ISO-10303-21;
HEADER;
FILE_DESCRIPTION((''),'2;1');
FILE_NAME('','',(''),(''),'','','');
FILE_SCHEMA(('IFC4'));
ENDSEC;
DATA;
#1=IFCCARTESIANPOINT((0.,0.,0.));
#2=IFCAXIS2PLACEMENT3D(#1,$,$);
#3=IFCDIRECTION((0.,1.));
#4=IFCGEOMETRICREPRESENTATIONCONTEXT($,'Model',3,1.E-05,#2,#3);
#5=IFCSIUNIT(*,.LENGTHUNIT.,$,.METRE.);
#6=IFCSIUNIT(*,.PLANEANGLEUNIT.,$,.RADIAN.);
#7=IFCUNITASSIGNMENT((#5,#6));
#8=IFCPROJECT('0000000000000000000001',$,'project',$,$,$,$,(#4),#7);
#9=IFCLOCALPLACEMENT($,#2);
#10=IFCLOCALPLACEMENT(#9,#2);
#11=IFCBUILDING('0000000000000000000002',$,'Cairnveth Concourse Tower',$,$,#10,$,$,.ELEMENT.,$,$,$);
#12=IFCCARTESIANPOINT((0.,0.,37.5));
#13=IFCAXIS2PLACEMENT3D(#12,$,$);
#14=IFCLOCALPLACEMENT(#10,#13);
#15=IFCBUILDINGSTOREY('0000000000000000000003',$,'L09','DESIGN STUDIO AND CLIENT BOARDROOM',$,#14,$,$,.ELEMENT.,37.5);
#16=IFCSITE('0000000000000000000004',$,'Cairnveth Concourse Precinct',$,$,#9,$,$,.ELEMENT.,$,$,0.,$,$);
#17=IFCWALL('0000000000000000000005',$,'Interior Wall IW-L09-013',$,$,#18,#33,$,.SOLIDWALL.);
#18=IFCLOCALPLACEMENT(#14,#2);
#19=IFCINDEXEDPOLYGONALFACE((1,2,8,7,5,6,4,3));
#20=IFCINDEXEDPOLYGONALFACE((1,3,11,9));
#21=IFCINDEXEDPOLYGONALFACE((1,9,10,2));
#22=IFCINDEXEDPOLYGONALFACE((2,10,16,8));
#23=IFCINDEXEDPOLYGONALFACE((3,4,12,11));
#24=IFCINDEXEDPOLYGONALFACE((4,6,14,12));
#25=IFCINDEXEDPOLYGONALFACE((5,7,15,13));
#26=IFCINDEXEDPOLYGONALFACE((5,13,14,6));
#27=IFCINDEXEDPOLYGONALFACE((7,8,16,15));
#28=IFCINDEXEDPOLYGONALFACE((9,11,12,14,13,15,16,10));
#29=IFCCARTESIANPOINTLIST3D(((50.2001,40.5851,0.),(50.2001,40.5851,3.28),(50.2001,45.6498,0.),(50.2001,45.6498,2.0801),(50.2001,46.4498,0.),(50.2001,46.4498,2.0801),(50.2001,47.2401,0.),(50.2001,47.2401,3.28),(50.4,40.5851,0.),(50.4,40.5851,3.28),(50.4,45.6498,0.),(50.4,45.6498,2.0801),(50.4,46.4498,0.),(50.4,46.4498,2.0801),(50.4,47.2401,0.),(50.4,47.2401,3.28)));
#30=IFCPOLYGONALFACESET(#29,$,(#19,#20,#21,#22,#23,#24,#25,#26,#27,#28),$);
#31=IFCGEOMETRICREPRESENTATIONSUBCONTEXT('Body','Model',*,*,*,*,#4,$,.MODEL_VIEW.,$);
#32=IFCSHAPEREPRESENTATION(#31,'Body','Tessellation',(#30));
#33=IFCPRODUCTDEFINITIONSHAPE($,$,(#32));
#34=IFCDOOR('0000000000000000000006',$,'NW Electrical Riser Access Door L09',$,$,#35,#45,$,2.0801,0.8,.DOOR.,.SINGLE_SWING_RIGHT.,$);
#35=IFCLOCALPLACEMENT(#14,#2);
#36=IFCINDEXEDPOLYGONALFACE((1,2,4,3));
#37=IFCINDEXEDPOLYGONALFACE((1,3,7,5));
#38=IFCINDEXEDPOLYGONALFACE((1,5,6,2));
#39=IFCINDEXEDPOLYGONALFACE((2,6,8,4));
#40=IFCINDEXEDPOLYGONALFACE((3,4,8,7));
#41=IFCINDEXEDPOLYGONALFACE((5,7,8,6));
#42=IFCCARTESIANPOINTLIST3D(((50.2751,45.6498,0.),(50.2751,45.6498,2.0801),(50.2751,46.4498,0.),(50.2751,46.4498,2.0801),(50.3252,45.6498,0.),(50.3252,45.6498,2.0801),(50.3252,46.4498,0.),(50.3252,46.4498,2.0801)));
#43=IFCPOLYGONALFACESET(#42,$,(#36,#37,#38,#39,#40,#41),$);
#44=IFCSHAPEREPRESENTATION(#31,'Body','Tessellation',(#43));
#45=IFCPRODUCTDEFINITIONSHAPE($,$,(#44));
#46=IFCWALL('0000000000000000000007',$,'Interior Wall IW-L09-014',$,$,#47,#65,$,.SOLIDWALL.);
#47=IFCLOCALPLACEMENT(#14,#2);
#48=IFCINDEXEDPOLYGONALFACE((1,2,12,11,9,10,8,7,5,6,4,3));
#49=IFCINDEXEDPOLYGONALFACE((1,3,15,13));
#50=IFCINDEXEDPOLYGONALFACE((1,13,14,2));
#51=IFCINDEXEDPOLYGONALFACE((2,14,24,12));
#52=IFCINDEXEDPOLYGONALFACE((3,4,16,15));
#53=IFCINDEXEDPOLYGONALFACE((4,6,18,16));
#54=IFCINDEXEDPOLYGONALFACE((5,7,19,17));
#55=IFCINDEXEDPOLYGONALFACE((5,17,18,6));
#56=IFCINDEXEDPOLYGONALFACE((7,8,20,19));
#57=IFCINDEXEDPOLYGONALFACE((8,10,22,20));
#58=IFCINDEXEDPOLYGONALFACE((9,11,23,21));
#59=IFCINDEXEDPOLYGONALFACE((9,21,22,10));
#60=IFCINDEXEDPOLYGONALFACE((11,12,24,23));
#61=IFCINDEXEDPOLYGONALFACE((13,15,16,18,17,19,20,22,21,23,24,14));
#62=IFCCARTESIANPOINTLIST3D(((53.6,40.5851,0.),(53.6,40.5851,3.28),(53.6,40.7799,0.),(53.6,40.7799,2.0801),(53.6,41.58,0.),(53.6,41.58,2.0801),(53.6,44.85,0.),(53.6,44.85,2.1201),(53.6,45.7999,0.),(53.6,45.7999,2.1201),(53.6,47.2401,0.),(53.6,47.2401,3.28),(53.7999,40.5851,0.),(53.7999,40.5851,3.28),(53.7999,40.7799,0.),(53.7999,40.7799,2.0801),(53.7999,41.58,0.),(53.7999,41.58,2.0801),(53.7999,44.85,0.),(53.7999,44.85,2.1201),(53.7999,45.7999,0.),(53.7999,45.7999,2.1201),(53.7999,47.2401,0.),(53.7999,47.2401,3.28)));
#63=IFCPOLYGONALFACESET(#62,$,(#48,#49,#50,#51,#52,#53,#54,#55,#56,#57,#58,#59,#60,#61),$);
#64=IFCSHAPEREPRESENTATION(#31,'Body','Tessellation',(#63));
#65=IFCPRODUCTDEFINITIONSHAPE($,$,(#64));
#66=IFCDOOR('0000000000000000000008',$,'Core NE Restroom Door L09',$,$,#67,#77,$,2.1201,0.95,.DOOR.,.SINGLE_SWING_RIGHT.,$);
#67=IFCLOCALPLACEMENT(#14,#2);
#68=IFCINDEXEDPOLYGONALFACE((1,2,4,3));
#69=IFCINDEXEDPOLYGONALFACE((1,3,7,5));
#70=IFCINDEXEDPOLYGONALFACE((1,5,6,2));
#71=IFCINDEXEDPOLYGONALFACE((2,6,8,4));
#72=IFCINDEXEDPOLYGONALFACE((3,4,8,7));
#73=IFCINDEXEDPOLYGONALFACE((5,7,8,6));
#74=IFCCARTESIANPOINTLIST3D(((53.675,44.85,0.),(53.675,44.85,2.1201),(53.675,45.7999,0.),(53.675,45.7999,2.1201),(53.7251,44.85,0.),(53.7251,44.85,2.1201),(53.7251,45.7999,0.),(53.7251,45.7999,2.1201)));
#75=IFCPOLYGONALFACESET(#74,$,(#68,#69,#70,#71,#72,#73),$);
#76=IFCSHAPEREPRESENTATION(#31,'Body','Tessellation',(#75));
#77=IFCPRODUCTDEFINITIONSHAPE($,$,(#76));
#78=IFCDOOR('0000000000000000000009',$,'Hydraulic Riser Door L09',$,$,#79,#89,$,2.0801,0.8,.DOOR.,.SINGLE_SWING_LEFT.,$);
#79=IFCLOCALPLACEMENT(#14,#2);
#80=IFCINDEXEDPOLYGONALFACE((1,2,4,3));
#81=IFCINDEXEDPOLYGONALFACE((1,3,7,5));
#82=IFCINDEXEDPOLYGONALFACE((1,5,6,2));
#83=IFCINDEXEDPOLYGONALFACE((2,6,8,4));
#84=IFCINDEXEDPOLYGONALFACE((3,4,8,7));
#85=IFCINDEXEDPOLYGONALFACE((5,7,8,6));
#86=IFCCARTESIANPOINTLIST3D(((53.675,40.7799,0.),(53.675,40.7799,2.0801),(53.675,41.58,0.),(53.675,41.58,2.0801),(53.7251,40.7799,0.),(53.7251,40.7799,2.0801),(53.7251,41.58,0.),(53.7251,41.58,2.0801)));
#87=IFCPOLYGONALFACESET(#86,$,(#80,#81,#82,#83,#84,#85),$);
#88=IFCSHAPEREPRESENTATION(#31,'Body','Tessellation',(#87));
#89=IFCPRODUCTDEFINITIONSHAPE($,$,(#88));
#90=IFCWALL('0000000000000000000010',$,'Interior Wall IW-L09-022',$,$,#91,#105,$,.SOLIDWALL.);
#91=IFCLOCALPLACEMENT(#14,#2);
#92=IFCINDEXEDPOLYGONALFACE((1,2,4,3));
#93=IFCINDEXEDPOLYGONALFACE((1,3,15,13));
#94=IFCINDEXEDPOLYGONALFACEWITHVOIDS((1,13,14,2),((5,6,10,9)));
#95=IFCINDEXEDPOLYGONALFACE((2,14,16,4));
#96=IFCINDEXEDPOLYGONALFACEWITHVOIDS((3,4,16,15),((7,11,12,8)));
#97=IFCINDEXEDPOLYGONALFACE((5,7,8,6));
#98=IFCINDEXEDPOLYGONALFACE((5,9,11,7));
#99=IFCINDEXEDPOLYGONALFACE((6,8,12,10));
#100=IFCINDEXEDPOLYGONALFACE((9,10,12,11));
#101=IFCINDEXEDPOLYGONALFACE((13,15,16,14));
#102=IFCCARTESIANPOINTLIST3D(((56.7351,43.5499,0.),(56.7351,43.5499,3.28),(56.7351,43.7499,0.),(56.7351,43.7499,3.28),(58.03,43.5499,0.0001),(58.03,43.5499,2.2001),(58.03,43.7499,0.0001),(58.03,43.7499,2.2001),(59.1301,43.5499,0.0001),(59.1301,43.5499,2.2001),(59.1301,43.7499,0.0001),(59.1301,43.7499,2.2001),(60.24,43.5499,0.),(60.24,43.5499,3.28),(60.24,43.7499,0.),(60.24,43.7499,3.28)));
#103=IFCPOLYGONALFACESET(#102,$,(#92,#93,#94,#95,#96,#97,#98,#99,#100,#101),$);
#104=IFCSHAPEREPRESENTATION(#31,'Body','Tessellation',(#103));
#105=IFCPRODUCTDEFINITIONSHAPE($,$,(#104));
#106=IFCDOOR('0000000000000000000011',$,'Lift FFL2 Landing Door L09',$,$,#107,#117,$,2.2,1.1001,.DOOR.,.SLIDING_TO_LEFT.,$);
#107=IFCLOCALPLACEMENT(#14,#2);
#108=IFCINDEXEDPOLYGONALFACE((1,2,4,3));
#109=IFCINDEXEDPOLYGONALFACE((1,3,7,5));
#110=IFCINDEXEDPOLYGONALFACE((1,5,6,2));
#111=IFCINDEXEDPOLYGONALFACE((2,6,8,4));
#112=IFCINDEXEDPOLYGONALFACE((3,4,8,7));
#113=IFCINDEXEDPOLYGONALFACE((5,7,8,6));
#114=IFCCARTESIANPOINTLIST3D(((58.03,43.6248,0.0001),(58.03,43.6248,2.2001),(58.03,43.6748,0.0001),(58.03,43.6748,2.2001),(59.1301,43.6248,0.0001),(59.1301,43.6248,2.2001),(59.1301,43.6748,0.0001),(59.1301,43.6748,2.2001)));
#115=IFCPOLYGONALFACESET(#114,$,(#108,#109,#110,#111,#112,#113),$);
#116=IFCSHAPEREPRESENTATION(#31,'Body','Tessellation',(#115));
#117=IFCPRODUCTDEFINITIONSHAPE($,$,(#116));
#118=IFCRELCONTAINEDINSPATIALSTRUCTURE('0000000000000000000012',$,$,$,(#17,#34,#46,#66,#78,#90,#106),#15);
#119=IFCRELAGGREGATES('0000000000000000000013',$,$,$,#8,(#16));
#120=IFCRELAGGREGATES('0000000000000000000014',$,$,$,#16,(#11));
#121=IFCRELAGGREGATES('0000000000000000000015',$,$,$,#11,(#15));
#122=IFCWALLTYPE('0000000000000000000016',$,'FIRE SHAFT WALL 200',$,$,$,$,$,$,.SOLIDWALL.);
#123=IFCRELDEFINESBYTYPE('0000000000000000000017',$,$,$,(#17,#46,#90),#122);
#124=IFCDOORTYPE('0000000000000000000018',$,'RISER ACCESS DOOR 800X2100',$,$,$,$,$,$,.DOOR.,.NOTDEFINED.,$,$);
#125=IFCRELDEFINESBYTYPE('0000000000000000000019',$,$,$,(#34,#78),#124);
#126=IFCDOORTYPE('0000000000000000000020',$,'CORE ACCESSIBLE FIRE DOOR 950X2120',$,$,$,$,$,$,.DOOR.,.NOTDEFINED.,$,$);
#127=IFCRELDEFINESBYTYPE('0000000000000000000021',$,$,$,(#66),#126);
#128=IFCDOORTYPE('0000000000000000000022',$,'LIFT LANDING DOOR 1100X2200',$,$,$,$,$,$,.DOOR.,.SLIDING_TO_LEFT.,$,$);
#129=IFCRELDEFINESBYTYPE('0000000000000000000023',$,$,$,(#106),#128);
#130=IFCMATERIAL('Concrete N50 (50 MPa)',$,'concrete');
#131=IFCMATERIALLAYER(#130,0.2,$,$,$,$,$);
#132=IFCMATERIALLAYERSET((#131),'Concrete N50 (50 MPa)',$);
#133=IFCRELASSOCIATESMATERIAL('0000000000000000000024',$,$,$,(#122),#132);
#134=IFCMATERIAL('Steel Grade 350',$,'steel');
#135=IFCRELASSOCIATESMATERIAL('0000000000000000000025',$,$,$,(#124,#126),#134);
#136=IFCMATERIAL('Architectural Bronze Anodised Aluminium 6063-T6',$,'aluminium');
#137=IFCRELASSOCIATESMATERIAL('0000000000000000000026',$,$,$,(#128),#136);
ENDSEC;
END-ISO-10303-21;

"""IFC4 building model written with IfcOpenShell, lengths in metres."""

from ifc_helpers import new_model, si_unit, direction, frame, frame_2d, origin, place, context, subcontext, project, spatial, rectangle, extrude, material, layer, layer_set, type_object, element, fill, save


model = new_model("IFC4")

# Units and contexts
model_context = context("Model", 3, precision=1e-05, world=origin(), true_north=direction((0.0, 1.0)))
body_context = subcontext(model_context, "Body", "Model", "MODEL_VIEW")
ifc_project = project(units=[si_unit("LENGTHUNIT", "METRE"), si_unit("PLANEANGLEUNIT", "RADIAN")], contexts=[model_context])

# Site, building, storey
site_placement = place(None, origin())
site = spatial("IfcSite", under=ifc_project, at=site_placement, Name="Cairnveth Concourse Precinct", CompositionType="ELEMENT", RefElevation=0.0)
building_placement = place(site_placement, origin())
building = spatial("IfcBuilding", under=site, at=building_placement, Name="Cairnveth Concourse Tower", CompositionType="ELEMENT")
storey_placement = place(building_placement, frame((0.0, 0.0, 37.5)))
storey = spatial("IfcBuildingStorey", under=building, at=storey_placement, Name="L09", Description="DESIGN STUDIO AND CLIENT BOARDROOM", CompositionType="ELEMENT", Elevation=37.5)

# Shared definitions
ifc_material_1 = material(Name="Steel Grade 350", Category="steel")

# Shared definitions
ifc_material_2 = material(Name="Concrete N50 (50 MPa)", Category="concrete")

# Shared definitions
ifc_layer_1 = layer(ifc_material_2, 0.2)
ifc_layer_set_1 = layer_set([ifc_layer_1], Name="Concrete N50 (50 MPa)")
wall_type_1 = type_object("IfcWallType", Name="FIRE SHAFT WALL 200", PredefinedType="SOLIDWALL", material=ifc_layer_set_1)

# Wall, opening, door
wall_1_placement = place(storey_placement, frame((50.3, 40.585, 0.0), z_axis=(0.0, 0.0, 1.0), x_axis=(0.0, 1.0, 0.0)))
wall_1 = element("IfcWall", 1, at=wall_1_placement, inside=storey, type_object=wall_type_1, Name="Interior Wall IW-L09-013", PredefinedType="SOLIDWALL", context=body_context, shape_type="SweptSolid", body=[
    extrude(rectangle(XDim=6.655, YDim=0.2, at=frame_2d((3.3276, 0.0))), origin(), (0.0, 0.0, 1.0), 3.28),
])
opening_1_placement = place(wall_1_placement, frame((5.0649, 0.0, 0.0)))
opening_1 = element("IfcOpeningElement", 2, at=opening_1_placement, cuts=wall_1, PredefinedType="OPENING", context=body_context, shape_type="SweptSolid", body=[
    extrude(rectangle(XDim=0.8, YDim=2.0801, at=frame_2d((0.3999, 1.04))), frame((0.0, 0.1099, 0.0), z_axis=(0.0, -1.0, 0.0), x_axis=(1.0, 0.0, 0.0)), (0.0, 0.0, 1.0), 0.22),
])
door_type_1 = type_object("IfcDoorType", Name="RISER ACCESS DOOR 800X2100", OperationType="NOTDEFINED", PredefinedType="DOOR", material=ifc_material_1)
door_1_placement = place(opening_1_placement, origin())
door_1 = element("IfcDoor", 3, at=door_1_placement, inside=storey, type_object=door_type_1, Name="NW Electrical Riser Access Door L09", OperationType="SINGLE_SWING_RIGHT", OverallHeight=2.0801, OverallWidth=0.8, PredefinedType="DOOR", context=body_context, shape_type="SweptSolid", body=[
    extrude(rectangle(XDim=0.8, YDim=2.0801, at=frame_2d((0.3999, 1.04))), frame((0.0, 0.0249, 0.0), z_axis=(0.0, -1.0, 0.0), x_axis=(1.0, 0.0, 0.0)), (0.0, 0.0, 1.0), 0.05),
])
fill(opening_1, door_1)

# Wall, openings, doors
wall_2_placement = place(storey_placement, frame((53.7, 40.585, 0.0), z_axis=(0.0, 0.0, 1.0), x_axis=(0.0, 1.0, 0.0)))
wall_2 = element("IfcWall", 4, at=wall_2_placement, inside=storey, type_object=wall_type_1, Name="Interior Wall IW-L09-014", PredefinedType="SOLIDWALL", context=body_context, shape_type="SweptSolid", body=[
    extrude(rectangle(XDim=6.655, YDim=0.2, at=frame_2d((3.3276, 0.0))), origin(), (0.0, 0.0, 1.0), 3.28),
])
opening_2_placement = place(wall_2_placement, frame((0.1951, 0.0, 0.0)))
opening_2 = element("IfcOpeningElement", 5, at=opening_2_placement, cuts=wall_2, PredefinedType="OPENING", context=body_context, shape_type="SweptSolid", body=[
    extrude(rectangle(XDim=0.8, YDim=2.0801, at=frame_2d((0.3999, 1.04))), frame((0.0, 0.1099, 0.0), z_axis=(0.0, -1.0, 0.0), x_axis=(1.0, 0.0, 0.0)), (0.0, 0.0, 1.0), 0.22),
])
opening_3_placement = place(wall_2_placement, frame((4.2649, 0.0, 0.0)))
opening_3 = element("IfcOpeningElement", 6, at=opening_3_placement, cuts=wall_2, PredefinedType="OPENING", context=body_context, shape_type="SweptSolid", body=[
    extrude(rectangle(XDim=0.95, YDim=2.1201, at=frame_2d((0.4751, 1.0601))), frame((0.0, 0.1099, 0.0), z_axis=(0.0, -1.0, 0.0), x_axis=(1.0, 0.0, 0.0)), (0.0, 0.0, 1.0), 0.22),
])
door_type_2 = type_object("IfcDoorType", Name="CORE ACCESSIBLE FIRE DOOR 950X2120", OperationType="NOTDEFINED", PredefinedType="DOOR", material=ifc_material_1)
door_2_placement = place(opening_3_placement, origin())
door_2 = element("IfcDoor", 7, at=door_2_placement, inside=storey, type_object=door_type_2, Name="Core NE Restroom Door L09", OperationType="SINGLE_SWING_RIGHT", OverallHeight=2.1201, OverallWidth=0.95, PredefinedType="DOOR", context=body_context, shape_type="SweptSolid", body=[
    extrude(rectangle(XDim=0.95, YDim=2.1201, at=frame_2d((0.4751, 1.0601))), frame((0.0, 0.0249, 0.0), z_axis=(0.0, -1.0, 0.0), x_axis=(1.0, 0.0, 0.0)), (0.0, 0.0, 1.0), 0.05),
])
fill(opening_3, door_2)
door_3_placement = place(opening_2_placement, origin())
door_3 = element("IfcDoor", 8, at=door_3_placement, inside=storey, type_object=door_type_1, Name="Hydraulic Riser Door L09", OperationType="SINGLE_SWING_LEFT", OverallHeight=2.0801, OverallWidth=0.8, PredefinedType="DOOR", context=body_context, shape_type="SweptSolid", body=[
    extrude(rectangle(XDim=0.8, YDim=2.0801, at=frame_2d((0.3999, 1.04))), frame((0.0, 0.0249, 0.0), z_axis=(0.0, -1.0, 0.0), x_axis=(1.0, 0.0, 0.0)), (0.0, 0.0, 1.0), 0.05),
])
fill(opening_2, door_3)

# Wall, opening, door
wall_3_placement = place(storey_placement, frame((56.7351, 43.6499, 0.0), z_axis=(0.0, 0.0, 1.0), x_axis=(1.0, 0.0, 0.0)))
wall_3 = element("IfcWall", 9, at=wall_3_placement, inside=storey, type_object=wall_type_1, Name="Interior Wall IW-L09-022", PredefinedType="SOLIDWALL", context=body_context, shape_type="SweptSolid", body=[
    extrude(rectangle(XDim=3.5049, YDim=0.2, at=frame_2d((1.7524, 0.0))), origin(), (0.0, 0.0, 1.0), 3.28),
])
opening_4_placement = place(wall_3_placement, frame((1.2949, 0.0, 0.0)))
opening_4 = element("IfcOpeningElement", 10, at=opening_4_placement, cuts=wall_3, PredefinedType="OPENING", context=body_context, shape_type="SweptSolid", body=[
    extrude(rectangle(XDim=1.1001, YDim=2.2, at=frame_2d((0.55, 1.1001))), frame((0.0, 0.1099, 0.0), z_axis=(0.0, -1.0, 0.0), x_axis=(1.0, 0.0, 0.0)), (0.0, 0.0, 1.0), 0.22),
])
ifc_material_3 = material(Name="Architectural Bronze Anodised Aluminium 6063-T6", Category="aluminium")
door_type_3 = type_object("IfcDoorType", Name="LIFT LANDING DOOR 1100X2200", OperationType="SLIDING_TO_LEFT", PredefinedType="DOOR", material=ifc_material_3)
door_4_placement = place(opening_4_placement, origin())
door_4 = element("IfcDoor", 11, at=door_4_placement, inside=storey, type_object=door_type_3, Name="Lift FFL2 Landing Door L09", OperationType="SLIDING_TO_LEFT", OverallHeight=2.2, OverallWidth=1.1001, PredefinedType="DOOR", context=body_context, shape_type="SweptSolid", body=[
    extrude(rectangle(XDim=1.1001, YDim=2.2, at=frame_2d((0.55, 1.1001))), frame((0.0, 0.0249, 0.0), z_axis=(0.0, -1.0, 0.0), x_axis=(1.0, 0.0, 0.0)), (0.0, 0.0, 1.0), 0.05),
])
fill(opening_4, door_4)

save(model, "model.ifc")
